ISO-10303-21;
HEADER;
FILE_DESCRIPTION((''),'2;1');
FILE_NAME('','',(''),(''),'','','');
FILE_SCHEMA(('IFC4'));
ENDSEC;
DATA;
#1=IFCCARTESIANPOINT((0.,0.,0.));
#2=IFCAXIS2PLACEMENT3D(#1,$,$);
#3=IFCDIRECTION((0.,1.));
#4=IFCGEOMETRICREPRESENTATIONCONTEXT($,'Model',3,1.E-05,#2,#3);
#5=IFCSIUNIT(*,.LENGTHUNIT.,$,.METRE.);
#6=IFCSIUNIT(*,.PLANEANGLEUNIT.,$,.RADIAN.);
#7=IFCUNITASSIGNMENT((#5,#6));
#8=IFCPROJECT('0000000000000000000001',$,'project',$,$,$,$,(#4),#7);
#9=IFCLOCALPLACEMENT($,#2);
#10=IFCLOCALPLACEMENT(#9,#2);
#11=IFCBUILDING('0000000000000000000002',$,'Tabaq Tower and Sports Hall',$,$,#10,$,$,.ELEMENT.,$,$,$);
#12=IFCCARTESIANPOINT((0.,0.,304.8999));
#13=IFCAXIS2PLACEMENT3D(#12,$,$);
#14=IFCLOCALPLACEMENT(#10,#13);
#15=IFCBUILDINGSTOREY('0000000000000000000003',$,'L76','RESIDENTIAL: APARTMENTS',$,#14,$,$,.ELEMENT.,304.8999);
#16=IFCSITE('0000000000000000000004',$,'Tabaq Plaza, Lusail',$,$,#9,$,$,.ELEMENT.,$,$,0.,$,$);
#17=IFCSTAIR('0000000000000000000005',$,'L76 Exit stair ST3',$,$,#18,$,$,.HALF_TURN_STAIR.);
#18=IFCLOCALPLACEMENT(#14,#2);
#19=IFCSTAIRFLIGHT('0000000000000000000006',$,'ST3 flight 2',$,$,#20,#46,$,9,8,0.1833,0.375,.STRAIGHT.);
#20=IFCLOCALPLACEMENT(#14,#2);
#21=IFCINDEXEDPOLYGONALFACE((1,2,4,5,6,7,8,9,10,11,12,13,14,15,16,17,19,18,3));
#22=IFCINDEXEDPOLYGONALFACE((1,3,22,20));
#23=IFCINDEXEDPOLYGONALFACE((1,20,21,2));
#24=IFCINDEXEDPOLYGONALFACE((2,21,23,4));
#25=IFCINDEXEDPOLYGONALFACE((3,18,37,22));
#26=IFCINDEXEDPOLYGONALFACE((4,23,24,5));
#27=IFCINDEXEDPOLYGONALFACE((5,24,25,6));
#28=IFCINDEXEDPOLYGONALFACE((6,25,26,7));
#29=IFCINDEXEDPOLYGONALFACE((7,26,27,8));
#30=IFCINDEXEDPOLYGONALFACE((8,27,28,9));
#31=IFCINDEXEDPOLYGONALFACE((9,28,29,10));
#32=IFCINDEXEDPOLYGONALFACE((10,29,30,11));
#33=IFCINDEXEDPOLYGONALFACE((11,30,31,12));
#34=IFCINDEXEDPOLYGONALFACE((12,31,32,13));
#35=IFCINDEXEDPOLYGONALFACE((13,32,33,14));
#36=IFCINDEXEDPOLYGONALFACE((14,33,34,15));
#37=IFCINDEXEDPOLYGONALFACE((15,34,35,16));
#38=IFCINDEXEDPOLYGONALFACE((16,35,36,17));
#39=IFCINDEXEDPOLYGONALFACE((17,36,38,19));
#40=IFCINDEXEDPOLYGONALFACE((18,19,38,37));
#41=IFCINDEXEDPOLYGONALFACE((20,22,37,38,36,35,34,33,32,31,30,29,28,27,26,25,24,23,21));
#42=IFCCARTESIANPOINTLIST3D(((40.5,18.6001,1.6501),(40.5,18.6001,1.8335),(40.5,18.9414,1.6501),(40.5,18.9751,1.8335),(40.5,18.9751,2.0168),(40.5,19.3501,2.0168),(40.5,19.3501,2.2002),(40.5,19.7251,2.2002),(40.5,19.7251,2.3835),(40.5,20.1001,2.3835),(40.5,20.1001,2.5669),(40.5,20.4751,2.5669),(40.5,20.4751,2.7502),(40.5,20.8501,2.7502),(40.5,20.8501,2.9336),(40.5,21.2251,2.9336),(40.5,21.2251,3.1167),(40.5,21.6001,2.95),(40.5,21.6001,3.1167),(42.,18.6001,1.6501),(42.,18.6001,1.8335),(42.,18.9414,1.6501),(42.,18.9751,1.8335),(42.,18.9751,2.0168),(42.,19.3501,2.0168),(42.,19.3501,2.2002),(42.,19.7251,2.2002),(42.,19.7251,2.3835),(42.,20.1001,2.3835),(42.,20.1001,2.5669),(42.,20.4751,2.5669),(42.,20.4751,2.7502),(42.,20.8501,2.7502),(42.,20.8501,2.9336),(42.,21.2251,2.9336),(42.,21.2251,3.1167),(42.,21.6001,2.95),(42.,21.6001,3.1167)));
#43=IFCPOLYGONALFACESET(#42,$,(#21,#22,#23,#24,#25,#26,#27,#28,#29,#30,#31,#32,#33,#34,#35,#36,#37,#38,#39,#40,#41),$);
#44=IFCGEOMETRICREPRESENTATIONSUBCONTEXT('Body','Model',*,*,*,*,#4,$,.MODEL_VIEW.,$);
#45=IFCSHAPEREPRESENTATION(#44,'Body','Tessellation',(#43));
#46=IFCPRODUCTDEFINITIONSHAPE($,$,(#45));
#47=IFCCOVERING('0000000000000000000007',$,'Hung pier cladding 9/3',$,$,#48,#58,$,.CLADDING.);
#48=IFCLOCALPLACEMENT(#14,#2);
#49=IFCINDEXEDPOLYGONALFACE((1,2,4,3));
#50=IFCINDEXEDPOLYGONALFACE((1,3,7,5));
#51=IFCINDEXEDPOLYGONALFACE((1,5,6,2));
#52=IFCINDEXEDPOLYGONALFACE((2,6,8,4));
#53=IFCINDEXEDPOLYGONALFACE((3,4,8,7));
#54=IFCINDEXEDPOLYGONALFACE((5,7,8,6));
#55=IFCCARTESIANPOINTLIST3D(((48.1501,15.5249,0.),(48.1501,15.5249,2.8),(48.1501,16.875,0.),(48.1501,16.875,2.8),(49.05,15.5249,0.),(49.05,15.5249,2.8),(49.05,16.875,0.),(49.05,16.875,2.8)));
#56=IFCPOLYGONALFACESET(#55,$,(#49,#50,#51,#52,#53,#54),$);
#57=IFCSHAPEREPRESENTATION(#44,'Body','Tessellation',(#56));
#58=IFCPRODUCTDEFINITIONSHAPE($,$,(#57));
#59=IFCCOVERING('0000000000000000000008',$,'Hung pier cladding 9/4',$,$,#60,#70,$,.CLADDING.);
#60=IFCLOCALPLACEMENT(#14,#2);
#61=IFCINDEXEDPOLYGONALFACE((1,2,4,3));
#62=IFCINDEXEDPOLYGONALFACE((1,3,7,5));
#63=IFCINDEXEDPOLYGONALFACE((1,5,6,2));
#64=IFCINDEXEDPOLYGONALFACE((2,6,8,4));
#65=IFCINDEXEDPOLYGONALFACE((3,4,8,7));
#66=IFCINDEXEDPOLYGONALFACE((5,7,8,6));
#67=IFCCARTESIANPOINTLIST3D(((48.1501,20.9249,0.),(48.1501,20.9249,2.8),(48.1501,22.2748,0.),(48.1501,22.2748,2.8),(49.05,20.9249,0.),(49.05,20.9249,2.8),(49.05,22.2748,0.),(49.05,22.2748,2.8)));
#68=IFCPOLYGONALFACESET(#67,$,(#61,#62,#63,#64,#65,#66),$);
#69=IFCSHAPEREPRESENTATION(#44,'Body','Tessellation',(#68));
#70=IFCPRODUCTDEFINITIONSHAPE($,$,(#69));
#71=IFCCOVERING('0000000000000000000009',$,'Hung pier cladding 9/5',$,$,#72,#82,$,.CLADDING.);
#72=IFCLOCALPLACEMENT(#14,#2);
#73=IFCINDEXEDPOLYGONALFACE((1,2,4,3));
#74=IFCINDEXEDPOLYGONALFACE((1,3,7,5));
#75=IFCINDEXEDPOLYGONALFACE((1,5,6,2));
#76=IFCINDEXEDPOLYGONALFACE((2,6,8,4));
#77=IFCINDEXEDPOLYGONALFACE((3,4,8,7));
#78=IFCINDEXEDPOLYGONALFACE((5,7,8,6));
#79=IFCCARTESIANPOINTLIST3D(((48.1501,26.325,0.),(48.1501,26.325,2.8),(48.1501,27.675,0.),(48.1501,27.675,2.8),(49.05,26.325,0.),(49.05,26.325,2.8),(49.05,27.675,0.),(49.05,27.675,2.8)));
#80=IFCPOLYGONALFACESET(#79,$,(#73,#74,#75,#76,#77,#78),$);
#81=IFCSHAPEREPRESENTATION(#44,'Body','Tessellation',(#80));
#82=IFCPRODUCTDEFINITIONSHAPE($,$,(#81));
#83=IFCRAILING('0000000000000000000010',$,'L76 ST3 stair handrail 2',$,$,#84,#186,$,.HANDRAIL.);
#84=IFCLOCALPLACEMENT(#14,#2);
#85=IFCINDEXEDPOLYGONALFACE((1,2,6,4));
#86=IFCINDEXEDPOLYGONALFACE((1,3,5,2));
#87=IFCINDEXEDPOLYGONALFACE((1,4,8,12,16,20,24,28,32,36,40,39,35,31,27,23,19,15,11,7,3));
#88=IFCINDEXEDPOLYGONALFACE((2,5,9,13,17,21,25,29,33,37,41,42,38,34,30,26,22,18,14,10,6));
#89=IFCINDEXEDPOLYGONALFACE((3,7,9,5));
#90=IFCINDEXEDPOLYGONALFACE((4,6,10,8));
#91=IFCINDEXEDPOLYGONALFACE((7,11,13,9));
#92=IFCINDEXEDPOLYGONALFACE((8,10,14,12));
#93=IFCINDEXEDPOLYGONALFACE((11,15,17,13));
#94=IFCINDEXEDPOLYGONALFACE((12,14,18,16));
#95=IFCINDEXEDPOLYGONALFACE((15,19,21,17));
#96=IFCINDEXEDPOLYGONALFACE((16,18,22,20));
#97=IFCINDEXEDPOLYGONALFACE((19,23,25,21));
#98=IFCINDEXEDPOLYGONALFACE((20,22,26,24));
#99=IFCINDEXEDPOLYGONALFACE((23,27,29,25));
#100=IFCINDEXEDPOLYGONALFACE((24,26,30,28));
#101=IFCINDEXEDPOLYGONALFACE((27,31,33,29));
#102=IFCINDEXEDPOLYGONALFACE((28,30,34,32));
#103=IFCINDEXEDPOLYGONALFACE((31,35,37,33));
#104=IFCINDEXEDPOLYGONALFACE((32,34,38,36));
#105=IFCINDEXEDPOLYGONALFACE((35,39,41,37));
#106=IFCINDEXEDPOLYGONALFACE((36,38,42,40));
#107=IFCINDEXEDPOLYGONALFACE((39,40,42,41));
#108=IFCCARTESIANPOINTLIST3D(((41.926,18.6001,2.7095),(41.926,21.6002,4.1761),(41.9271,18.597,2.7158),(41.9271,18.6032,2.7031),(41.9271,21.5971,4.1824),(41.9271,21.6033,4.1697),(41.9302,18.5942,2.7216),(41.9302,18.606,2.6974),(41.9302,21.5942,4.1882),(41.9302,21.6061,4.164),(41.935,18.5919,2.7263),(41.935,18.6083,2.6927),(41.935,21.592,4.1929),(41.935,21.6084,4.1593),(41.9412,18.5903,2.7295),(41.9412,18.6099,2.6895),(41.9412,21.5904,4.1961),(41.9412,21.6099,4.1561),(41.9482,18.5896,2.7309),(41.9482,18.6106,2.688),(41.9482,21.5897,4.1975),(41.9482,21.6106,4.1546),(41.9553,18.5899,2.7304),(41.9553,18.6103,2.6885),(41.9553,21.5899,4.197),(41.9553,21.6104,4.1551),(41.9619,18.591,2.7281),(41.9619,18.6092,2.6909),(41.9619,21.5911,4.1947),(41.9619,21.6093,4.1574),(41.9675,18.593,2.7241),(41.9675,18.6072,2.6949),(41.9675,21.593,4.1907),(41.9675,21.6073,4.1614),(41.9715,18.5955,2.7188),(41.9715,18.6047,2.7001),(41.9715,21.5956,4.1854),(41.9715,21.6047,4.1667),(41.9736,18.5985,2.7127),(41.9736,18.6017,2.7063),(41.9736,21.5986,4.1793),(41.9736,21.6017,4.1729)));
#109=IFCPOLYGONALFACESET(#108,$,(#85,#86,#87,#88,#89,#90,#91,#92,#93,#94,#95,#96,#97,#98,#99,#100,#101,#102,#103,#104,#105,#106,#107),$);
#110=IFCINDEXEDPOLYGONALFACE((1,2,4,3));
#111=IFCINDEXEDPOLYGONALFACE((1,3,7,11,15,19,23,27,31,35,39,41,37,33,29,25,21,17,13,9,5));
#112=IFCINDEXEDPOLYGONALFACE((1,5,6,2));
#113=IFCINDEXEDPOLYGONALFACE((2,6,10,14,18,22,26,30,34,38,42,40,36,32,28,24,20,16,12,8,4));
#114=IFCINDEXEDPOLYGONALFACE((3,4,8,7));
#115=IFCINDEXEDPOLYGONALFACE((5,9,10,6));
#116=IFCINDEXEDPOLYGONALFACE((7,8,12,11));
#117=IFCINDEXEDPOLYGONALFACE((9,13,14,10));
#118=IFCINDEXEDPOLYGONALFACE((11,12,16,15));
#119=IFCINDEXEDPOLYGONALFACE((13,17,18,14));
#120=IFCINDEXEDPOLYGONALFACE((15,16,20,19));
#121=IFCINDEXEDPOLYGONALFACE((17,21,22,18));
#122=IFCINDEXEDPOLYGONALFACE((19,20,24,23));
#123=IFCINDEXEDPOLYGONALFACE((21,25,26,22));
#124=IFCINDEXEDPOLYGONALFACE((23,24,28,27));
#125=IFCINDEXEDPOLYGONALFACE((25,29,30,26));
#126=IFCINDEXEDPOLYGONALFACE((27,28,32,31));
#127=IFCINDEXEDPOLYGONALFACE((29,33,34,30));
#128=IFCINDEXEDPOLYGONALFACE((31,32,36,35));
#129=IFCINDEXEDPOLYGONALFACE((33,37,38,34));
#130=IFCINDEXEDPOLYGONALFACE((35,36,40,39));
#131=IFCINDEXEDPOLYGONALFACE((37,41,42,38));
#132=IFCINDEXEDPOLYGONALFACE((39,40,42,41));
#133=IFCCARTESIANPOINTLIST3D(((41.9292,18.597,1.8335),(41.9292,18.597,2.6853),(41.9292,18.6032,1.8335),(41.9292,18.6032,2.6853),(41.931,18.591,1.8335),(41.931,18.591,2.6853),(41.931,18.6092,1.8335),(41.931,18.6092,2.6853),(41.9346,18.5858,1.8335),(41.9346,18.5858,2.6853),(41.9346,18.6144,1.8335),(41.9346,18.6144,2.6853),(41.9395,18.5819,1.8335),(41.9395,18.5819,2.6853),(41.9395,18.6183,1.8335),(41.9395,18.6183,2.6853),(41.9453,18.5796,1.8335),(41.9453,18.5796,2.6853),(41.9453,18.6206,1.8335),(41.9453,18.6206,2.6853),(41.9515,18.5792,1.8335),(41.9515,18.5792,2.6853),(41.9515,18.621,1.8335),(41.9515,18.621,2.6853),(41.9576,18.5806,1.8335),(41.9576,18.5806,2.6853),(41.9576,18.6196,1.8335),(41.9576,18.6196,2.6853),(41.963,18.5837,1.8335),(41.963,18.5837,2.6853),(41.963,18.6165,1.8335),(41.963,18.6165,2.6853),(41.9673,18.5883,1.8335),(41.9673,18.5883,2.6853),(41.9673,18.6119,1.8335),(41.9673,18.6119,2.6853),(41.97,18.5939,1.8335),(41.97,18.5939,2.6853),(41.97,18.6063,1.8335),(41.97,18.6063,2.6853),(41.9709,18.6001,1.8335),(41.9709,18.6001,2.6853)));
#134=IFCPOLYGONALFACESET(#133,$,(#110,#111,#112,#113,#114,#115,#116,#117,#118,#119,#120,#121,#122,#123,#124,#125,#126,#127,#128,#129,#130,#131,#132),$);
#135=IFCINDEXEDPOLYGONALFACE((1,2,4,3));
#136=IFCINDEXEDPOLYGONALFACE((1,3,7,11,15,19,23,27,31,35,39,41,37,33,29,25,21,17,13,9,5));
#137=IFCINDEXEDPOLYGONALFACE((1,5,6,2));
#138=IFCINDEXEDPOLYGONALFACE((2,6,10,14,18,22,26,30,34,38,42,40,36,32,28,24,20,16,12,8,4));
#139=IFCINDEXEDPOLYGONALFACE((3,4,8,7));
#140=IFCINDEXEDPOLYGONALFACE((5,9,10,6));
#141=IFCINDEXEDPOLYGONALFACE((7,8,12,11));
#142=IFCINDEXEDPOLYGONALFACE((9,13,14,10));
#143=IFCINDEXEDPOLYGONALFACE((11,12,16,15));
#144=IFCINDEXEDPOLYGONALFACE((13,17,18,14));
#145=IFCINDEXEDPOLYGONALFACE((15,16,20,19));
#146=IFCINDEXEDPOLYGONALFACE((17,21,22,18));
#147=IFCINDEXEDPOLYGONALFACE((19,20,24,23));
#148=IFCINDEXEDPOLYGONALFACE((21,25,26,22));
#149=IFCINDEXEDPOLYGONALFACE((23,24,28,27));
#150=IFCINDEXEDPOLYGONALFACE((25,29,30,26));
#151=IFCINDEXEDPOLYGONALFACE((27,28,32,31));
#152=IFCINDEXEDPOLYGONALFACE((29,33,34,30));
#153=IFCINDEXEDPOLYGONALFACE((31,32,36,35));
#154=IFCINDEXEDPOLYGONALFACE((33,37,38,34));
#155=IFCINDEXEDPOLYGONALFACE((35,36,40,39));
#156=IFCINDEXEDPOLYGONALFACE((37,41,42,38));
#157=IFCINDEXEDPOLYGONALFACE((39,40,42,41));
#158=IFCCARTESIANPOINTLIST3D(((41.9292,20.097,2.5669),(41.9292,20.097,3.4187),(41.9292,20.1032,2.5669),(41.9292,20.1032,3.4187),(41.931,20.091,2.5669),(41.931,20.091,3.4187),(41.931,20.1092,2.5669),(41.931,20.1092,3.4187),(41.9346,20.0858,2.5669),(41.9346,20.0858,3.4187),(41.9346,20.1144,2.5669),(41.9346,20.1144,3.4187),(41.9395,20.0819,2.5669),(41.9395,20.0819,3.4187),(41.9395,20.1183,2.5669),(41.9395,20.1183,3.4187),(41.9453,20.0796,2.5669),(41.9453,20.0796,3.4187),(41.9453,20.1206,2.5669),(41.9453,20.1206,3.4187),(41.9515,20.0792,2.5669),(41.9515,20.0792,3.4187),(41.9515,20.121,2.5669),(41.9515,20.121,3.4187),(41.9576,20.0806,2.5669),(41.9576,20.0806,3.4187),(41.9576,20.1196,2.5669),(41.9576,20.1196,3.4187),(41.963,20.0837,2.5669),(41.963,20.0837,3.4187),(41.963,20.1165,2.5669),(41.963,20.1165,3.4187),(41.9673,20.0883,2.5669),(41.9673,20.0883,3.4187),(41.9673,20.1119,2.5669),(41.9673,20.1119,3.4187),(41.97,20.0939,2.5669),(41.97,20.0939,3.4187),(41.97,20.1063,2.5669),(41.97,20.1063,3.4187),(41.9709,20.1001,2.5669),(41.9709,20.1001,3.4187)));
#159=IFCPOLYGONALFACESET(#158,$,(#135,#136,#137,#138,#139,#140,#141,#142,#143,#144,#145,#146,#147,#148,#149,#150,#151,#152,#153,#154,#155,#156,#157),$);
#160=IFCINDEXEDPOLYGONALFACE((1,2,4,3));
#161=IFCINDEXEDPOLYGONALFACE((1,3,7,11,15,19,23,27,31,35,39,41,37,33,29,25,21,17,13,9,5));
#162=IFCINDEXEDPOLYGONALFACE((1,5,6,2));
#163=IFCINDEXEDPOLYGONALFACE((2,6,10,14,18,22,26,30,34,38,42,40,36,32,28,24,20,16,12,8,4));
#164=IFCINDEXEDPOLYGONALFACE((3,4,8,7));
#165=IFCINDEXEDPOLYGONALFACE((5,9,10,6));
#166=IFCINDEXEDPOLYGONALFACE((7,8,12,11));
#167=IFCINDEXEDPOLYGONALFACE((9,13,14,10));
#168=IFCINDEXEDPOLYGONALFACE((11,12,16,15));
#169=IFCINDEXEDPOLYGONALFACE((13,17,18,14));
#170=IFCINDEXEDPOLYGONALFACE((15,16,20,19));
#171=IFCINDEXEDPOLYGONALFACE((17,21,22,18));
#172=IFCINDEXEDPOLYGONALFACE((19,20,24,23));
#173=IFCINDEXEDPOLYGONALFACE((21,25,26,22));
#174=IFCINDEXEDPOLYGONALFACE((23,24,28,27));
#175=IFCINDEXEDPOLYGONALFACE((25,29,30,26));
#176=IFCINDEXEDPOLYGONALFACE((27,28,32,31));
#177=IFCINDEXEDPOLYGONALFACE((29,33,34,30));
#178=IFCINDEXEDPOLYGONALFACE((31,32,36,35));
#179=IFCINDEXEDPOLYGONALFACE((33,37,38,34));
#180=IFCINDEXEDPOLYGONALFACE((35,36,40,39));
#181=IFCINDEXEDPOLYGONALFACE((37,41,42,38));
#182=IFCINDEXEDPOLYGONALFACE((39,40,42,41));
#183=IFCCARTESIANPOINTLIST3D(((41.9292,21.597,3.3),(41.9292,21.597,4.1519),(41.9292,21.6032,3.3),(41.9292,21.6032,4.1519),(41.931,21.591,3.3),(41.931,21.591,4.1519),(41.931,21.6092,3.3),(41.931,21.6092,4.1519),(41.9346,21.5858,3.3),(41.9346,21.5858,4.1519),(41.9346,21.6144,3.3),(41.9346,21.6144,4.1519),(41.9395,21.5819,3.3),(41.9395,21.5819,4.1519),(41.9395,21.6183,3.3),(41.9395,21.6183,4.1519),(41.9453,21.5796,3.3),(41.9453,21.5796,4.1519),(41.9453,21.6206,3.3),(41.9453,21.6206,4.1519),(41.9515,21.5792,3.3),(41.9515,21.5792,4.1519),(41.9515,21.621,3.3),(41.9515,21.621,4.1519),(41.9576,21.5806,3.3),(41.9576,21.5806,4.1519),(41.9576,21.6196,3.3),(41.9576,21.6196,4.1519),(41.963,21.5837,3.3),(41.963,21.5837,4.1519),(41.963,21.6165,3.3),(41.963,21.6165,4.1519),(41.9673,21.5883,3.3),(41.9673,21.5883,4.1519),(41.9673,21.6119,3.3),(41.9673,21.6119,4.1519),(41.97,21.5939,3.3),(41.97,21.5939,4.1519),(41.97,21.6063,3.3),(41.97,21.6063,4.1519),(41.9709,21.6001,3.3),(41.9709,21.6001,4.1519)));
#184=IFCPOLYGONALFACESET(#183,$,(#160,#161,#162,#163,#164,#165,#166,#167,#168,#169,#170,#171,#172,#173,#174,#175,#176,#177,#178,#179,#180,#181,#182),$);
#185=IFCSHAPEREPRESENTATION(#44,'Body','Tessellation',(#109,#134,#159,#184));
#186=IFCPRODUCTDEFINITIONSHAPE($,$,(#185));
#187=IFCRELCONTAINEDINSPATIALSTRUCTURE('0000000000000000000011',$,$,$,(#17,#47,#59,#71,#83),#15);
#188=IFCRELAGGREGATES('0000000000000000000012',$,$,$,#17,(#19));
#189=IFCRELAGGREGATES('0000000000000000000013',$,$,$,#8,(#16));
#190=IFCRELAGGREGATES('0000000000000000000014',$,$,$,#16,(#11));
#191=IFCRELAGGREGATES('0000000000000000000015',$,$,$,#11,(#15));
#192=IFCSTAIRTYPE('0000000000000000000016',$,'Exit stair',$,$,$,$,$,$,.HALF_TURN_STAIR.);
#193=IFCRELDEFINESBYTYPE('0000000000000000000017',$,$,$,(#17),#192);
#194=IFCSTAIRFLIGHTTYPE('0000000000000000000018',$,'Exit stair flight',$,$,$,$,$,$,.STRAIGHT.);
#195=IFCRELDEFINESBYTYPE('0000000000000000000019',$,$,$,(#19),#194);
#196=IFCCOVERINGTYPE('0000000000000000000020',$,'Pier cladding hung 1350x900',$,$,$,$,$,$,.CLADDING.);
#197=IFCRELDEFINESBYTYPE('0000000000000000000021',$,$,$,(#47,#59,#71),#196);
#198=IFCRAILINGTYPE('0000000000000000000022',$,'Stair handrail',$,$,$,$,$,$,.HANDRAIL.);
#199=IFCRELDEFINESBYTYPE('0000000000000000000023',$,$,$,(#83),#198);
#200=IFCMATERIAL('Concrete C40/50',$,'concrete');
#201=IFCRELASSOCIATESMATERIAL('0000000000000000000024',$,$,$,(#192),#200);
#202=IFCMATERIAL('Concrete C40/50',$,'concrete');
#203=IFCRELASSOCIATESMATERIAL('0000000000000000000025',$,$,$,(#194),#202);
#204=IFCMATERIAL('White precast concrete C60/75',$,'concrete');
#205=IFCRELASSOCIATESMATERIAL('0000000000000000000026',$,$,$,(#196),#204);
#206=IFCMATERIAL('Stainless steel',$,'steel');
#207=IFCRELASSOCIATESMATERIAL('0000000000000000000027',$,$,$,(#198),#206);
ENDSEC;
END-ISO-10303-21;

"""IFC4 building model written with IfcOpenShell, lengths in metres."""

from ifc_helpers import new_model, si_unit, direction, frame, frame_2d, origin, origin_2d, place, context, subcontext, project, spatial, polyline, rectangle, circle, outline, extrude, material, type_object, element, aggregate, save


model = new_model("IFC4")

# Units and contexts
model_context = context("Model", 3, precision=1e-05, world=origin(), true_north=direction((0.0, 1.0)))
body_context = subcontext(model_context, "Body", "Model", "MODEL_VIEW")
ifc_project = project(units=[si_unit("LENGTHUNIT", "METRE"), si_unit("PLANEANGLEUNIT", "RADIAN")], contexts=[model_context])

# Site, building, storey
site_placement = place(None, origin())
site = spatial("IfcSite", under=ifc_project, at=site_placement, Name="Tabaq Plaza, Lusail", CompositionType="ELEMENT", RefElevation=0.0)
building_placement = place(site_placement, origin())
building = spatial("IfcBuilding", under=site, at=building_placement, Name="Tabaq Tower and Sports Hall", CompositionType="ELEMENT")
storey_placement = place(building_placement, frame((0.0, 0.0, 304.8999)))
storey = spatial("IfcBuildingStorey", under=building, at=storey_placement, Name="L76", Description="RESIDENTIAL: APARTMENTS", CompositionType="ELEMENT", Elevation=304.8999)

# Stair, stair flight
ifc_material_1 = material(Name="Concrete C40/50", Category="concrete")
stair_type = type_object("IfcStairType", Name="Exit stair", PredefinedType="HALF_TURN_STAIR", material=ifc_material_1)
stair_placement = place(storey_placement, origin())
stair = element("IfcStair", 1, at=stair_placement, inside=storey, type_object=stair_type, Name="L76 Exit stair ST3", PredefinedType="HALF_TURN_STAIR")
ifc_material_2 = material(Name="Concrete C40/50", Category="concrete")
stair_flight_type = type_object("IfcStairFlightType", Name="Exit stair flight", PredefinedType="STRAIGHT", material=ifc_material_2)
stair_flight_1_placement = place(storey_placement, frame((41.25, 18.6001, 1.6501), z_axis=(0.0, 0.0, 1.0), x_axis=(0.0, 1.0, 0.0)))
stair_flight_1 = element("IfcStairFlight", 2, at=stair_flight_1_placement, type_object=stair_flight_type, Name="ST3 flight 2", NumberOfRisers=9, NumberOfTreads=8, PredefinedType="STRAIGHT", RiserHeight=0.1833, TreadLength=0.375, context=body_context, shape_type="SweptSolid", body=[
    extrude(outline(polyline([(0.0, 0.0), (0.0, 0.1833), (0.375, 0.1833), (0.375, 0.3667), (0.75, 0.3667), (0.75, 0.55), (1.125, 0.55), (1.125, 0.7334), (1.5, 0.7334), (1.5, 0.9167), (1.875, 0.9167), (1.875, 1.1001), (2.25, 1.1001), (2.25, 1.2834), (2.625, 1.2834), (2.625, 1.4666), (3.0, 1.4666), (3.0, 1.6499), (3.0, 1.2998), (0.3413, 0.0), (0.0, 0.0)])), frame((0.0, 0.75, 0.0), z_axis=(0.0, -1.0, 0.0), x_axis=(1.0, 0.0, 0.0)), (0.0, 0.0, 1.0), 1.5),
])
aggregate(stair, [stair_flight_1])

# Coverings
ifc_material_3 = material(Name="White precast concrete C60/75", Category="concrete")
covering_type_1 = type_object("IfcCoveringType", Name="Pier cladding hung 1350x900", PredefinedType="CLADDING", material=ifc_material_3)
covering_1_placement = place(storey_placement, frame((48.6001, 15.5249, 0.0), z_axis=(0.0, 0.0, 1.0), x_axis=(0.0, 1.0, 0.0)))
element("IfcCovering", 3, at=covering_1_placement, inside=storey, type_object=covering_type_1, Name="Hung pier cladding 9/3", PredefinedType="CLADDING", context=body_context, shape_type="SweptSolid", body=[
    extrude(rectangle(XDim=1.3501, YDim=0.8999, at=frame_2d((0.675, 0.0))), origin(), (0.0, 0.0, 1.0), 2.8),
])
covering_2_placement = place(storey_placement, frame((48.6001, 20.925, 0.0), z_axis=(0.0, 0.0, 1.0), x_axis=(0.0, 1.0, 0.0)))
element("IfcCovering", 4, at=covering_2_placement, inside=storey, type_object=covering_type_1, Name="Hung pier cladding 9/4", PredefinedType="CLADDING", context=body_context, shape_type="SweptSolid", body=[
    extrude(rectangle(XDim=1.3499, YDim=0.8999, at=frame_2d((0.6748, 0.0))), origin(), (0.0, 0.0, 1.0), 2.8),
])
covering_3_placement = place(storey_placement, frame((48.6001, 26.325, 0.0), z_axis=(0.0, 0.0, 1.0), x_axis=(0.0, 1.0, 0.0)))
element("IfcCovering", 5, at=covering_3_placement, inside=storey, type_object=covering_type_1, Name="Hung pier cladding 9/5", PredefinedType="CLADDING", context=body_context, shape_type="SweptSolid", body=[
    extrude(rectangle(XDim=1.3501, YDim=0.8999, at=frame_2d((0.675, 0.0))), origin(), (0.0, 0.0, 1.0), 2.8),
])

# Railing
ifc_material_4 = material(Name="Stainless steel", Category="steel")
railing_type_1 = type_object("IfcRailingType", Name="Stair handrail", PredefinedType="HANDRAIL", material=ifc_material_4)
railing_1_placement = place(storey_placement, frame((41.95, 18.6001, 1.8335)))
element("IfcRailing", 6, at=railing_1_placement, inside=storey, type_object=railing_type_1, Name="L76 ST3 stair handrail 2", PredefinedType="HANDRAIL", context=body_context, shape_type="SweptSolid", body=[
    extrude(circle(Radius=0.0239, at=origin_2d()), frame((0.0, 0.0, 0.876), z_axis=(0.0, 0.898398, 0.439183), x_axis=(-1.0, 0.0, 0.0)), (0.0, 0.0, 1.0), 3.3394),
    extrude(circle(Radius=0.021, at=origin_2d()), origin(), (0.0, 0.0, 1.0), 0.8518),
    extrude(circle(Radius=0.021, at=origin_2d()), frame((0.0, 1.5, 0.7334)), (0.0, 0.0, 1.0), 0.8518),
    extrude(circle(Radius=0.021, at=origin_2d()), frame((0.0, 3.0, 1.4666)), (0.0, 0.0, 1.0), 0.8518),
])

save(model, "model.ifc")
